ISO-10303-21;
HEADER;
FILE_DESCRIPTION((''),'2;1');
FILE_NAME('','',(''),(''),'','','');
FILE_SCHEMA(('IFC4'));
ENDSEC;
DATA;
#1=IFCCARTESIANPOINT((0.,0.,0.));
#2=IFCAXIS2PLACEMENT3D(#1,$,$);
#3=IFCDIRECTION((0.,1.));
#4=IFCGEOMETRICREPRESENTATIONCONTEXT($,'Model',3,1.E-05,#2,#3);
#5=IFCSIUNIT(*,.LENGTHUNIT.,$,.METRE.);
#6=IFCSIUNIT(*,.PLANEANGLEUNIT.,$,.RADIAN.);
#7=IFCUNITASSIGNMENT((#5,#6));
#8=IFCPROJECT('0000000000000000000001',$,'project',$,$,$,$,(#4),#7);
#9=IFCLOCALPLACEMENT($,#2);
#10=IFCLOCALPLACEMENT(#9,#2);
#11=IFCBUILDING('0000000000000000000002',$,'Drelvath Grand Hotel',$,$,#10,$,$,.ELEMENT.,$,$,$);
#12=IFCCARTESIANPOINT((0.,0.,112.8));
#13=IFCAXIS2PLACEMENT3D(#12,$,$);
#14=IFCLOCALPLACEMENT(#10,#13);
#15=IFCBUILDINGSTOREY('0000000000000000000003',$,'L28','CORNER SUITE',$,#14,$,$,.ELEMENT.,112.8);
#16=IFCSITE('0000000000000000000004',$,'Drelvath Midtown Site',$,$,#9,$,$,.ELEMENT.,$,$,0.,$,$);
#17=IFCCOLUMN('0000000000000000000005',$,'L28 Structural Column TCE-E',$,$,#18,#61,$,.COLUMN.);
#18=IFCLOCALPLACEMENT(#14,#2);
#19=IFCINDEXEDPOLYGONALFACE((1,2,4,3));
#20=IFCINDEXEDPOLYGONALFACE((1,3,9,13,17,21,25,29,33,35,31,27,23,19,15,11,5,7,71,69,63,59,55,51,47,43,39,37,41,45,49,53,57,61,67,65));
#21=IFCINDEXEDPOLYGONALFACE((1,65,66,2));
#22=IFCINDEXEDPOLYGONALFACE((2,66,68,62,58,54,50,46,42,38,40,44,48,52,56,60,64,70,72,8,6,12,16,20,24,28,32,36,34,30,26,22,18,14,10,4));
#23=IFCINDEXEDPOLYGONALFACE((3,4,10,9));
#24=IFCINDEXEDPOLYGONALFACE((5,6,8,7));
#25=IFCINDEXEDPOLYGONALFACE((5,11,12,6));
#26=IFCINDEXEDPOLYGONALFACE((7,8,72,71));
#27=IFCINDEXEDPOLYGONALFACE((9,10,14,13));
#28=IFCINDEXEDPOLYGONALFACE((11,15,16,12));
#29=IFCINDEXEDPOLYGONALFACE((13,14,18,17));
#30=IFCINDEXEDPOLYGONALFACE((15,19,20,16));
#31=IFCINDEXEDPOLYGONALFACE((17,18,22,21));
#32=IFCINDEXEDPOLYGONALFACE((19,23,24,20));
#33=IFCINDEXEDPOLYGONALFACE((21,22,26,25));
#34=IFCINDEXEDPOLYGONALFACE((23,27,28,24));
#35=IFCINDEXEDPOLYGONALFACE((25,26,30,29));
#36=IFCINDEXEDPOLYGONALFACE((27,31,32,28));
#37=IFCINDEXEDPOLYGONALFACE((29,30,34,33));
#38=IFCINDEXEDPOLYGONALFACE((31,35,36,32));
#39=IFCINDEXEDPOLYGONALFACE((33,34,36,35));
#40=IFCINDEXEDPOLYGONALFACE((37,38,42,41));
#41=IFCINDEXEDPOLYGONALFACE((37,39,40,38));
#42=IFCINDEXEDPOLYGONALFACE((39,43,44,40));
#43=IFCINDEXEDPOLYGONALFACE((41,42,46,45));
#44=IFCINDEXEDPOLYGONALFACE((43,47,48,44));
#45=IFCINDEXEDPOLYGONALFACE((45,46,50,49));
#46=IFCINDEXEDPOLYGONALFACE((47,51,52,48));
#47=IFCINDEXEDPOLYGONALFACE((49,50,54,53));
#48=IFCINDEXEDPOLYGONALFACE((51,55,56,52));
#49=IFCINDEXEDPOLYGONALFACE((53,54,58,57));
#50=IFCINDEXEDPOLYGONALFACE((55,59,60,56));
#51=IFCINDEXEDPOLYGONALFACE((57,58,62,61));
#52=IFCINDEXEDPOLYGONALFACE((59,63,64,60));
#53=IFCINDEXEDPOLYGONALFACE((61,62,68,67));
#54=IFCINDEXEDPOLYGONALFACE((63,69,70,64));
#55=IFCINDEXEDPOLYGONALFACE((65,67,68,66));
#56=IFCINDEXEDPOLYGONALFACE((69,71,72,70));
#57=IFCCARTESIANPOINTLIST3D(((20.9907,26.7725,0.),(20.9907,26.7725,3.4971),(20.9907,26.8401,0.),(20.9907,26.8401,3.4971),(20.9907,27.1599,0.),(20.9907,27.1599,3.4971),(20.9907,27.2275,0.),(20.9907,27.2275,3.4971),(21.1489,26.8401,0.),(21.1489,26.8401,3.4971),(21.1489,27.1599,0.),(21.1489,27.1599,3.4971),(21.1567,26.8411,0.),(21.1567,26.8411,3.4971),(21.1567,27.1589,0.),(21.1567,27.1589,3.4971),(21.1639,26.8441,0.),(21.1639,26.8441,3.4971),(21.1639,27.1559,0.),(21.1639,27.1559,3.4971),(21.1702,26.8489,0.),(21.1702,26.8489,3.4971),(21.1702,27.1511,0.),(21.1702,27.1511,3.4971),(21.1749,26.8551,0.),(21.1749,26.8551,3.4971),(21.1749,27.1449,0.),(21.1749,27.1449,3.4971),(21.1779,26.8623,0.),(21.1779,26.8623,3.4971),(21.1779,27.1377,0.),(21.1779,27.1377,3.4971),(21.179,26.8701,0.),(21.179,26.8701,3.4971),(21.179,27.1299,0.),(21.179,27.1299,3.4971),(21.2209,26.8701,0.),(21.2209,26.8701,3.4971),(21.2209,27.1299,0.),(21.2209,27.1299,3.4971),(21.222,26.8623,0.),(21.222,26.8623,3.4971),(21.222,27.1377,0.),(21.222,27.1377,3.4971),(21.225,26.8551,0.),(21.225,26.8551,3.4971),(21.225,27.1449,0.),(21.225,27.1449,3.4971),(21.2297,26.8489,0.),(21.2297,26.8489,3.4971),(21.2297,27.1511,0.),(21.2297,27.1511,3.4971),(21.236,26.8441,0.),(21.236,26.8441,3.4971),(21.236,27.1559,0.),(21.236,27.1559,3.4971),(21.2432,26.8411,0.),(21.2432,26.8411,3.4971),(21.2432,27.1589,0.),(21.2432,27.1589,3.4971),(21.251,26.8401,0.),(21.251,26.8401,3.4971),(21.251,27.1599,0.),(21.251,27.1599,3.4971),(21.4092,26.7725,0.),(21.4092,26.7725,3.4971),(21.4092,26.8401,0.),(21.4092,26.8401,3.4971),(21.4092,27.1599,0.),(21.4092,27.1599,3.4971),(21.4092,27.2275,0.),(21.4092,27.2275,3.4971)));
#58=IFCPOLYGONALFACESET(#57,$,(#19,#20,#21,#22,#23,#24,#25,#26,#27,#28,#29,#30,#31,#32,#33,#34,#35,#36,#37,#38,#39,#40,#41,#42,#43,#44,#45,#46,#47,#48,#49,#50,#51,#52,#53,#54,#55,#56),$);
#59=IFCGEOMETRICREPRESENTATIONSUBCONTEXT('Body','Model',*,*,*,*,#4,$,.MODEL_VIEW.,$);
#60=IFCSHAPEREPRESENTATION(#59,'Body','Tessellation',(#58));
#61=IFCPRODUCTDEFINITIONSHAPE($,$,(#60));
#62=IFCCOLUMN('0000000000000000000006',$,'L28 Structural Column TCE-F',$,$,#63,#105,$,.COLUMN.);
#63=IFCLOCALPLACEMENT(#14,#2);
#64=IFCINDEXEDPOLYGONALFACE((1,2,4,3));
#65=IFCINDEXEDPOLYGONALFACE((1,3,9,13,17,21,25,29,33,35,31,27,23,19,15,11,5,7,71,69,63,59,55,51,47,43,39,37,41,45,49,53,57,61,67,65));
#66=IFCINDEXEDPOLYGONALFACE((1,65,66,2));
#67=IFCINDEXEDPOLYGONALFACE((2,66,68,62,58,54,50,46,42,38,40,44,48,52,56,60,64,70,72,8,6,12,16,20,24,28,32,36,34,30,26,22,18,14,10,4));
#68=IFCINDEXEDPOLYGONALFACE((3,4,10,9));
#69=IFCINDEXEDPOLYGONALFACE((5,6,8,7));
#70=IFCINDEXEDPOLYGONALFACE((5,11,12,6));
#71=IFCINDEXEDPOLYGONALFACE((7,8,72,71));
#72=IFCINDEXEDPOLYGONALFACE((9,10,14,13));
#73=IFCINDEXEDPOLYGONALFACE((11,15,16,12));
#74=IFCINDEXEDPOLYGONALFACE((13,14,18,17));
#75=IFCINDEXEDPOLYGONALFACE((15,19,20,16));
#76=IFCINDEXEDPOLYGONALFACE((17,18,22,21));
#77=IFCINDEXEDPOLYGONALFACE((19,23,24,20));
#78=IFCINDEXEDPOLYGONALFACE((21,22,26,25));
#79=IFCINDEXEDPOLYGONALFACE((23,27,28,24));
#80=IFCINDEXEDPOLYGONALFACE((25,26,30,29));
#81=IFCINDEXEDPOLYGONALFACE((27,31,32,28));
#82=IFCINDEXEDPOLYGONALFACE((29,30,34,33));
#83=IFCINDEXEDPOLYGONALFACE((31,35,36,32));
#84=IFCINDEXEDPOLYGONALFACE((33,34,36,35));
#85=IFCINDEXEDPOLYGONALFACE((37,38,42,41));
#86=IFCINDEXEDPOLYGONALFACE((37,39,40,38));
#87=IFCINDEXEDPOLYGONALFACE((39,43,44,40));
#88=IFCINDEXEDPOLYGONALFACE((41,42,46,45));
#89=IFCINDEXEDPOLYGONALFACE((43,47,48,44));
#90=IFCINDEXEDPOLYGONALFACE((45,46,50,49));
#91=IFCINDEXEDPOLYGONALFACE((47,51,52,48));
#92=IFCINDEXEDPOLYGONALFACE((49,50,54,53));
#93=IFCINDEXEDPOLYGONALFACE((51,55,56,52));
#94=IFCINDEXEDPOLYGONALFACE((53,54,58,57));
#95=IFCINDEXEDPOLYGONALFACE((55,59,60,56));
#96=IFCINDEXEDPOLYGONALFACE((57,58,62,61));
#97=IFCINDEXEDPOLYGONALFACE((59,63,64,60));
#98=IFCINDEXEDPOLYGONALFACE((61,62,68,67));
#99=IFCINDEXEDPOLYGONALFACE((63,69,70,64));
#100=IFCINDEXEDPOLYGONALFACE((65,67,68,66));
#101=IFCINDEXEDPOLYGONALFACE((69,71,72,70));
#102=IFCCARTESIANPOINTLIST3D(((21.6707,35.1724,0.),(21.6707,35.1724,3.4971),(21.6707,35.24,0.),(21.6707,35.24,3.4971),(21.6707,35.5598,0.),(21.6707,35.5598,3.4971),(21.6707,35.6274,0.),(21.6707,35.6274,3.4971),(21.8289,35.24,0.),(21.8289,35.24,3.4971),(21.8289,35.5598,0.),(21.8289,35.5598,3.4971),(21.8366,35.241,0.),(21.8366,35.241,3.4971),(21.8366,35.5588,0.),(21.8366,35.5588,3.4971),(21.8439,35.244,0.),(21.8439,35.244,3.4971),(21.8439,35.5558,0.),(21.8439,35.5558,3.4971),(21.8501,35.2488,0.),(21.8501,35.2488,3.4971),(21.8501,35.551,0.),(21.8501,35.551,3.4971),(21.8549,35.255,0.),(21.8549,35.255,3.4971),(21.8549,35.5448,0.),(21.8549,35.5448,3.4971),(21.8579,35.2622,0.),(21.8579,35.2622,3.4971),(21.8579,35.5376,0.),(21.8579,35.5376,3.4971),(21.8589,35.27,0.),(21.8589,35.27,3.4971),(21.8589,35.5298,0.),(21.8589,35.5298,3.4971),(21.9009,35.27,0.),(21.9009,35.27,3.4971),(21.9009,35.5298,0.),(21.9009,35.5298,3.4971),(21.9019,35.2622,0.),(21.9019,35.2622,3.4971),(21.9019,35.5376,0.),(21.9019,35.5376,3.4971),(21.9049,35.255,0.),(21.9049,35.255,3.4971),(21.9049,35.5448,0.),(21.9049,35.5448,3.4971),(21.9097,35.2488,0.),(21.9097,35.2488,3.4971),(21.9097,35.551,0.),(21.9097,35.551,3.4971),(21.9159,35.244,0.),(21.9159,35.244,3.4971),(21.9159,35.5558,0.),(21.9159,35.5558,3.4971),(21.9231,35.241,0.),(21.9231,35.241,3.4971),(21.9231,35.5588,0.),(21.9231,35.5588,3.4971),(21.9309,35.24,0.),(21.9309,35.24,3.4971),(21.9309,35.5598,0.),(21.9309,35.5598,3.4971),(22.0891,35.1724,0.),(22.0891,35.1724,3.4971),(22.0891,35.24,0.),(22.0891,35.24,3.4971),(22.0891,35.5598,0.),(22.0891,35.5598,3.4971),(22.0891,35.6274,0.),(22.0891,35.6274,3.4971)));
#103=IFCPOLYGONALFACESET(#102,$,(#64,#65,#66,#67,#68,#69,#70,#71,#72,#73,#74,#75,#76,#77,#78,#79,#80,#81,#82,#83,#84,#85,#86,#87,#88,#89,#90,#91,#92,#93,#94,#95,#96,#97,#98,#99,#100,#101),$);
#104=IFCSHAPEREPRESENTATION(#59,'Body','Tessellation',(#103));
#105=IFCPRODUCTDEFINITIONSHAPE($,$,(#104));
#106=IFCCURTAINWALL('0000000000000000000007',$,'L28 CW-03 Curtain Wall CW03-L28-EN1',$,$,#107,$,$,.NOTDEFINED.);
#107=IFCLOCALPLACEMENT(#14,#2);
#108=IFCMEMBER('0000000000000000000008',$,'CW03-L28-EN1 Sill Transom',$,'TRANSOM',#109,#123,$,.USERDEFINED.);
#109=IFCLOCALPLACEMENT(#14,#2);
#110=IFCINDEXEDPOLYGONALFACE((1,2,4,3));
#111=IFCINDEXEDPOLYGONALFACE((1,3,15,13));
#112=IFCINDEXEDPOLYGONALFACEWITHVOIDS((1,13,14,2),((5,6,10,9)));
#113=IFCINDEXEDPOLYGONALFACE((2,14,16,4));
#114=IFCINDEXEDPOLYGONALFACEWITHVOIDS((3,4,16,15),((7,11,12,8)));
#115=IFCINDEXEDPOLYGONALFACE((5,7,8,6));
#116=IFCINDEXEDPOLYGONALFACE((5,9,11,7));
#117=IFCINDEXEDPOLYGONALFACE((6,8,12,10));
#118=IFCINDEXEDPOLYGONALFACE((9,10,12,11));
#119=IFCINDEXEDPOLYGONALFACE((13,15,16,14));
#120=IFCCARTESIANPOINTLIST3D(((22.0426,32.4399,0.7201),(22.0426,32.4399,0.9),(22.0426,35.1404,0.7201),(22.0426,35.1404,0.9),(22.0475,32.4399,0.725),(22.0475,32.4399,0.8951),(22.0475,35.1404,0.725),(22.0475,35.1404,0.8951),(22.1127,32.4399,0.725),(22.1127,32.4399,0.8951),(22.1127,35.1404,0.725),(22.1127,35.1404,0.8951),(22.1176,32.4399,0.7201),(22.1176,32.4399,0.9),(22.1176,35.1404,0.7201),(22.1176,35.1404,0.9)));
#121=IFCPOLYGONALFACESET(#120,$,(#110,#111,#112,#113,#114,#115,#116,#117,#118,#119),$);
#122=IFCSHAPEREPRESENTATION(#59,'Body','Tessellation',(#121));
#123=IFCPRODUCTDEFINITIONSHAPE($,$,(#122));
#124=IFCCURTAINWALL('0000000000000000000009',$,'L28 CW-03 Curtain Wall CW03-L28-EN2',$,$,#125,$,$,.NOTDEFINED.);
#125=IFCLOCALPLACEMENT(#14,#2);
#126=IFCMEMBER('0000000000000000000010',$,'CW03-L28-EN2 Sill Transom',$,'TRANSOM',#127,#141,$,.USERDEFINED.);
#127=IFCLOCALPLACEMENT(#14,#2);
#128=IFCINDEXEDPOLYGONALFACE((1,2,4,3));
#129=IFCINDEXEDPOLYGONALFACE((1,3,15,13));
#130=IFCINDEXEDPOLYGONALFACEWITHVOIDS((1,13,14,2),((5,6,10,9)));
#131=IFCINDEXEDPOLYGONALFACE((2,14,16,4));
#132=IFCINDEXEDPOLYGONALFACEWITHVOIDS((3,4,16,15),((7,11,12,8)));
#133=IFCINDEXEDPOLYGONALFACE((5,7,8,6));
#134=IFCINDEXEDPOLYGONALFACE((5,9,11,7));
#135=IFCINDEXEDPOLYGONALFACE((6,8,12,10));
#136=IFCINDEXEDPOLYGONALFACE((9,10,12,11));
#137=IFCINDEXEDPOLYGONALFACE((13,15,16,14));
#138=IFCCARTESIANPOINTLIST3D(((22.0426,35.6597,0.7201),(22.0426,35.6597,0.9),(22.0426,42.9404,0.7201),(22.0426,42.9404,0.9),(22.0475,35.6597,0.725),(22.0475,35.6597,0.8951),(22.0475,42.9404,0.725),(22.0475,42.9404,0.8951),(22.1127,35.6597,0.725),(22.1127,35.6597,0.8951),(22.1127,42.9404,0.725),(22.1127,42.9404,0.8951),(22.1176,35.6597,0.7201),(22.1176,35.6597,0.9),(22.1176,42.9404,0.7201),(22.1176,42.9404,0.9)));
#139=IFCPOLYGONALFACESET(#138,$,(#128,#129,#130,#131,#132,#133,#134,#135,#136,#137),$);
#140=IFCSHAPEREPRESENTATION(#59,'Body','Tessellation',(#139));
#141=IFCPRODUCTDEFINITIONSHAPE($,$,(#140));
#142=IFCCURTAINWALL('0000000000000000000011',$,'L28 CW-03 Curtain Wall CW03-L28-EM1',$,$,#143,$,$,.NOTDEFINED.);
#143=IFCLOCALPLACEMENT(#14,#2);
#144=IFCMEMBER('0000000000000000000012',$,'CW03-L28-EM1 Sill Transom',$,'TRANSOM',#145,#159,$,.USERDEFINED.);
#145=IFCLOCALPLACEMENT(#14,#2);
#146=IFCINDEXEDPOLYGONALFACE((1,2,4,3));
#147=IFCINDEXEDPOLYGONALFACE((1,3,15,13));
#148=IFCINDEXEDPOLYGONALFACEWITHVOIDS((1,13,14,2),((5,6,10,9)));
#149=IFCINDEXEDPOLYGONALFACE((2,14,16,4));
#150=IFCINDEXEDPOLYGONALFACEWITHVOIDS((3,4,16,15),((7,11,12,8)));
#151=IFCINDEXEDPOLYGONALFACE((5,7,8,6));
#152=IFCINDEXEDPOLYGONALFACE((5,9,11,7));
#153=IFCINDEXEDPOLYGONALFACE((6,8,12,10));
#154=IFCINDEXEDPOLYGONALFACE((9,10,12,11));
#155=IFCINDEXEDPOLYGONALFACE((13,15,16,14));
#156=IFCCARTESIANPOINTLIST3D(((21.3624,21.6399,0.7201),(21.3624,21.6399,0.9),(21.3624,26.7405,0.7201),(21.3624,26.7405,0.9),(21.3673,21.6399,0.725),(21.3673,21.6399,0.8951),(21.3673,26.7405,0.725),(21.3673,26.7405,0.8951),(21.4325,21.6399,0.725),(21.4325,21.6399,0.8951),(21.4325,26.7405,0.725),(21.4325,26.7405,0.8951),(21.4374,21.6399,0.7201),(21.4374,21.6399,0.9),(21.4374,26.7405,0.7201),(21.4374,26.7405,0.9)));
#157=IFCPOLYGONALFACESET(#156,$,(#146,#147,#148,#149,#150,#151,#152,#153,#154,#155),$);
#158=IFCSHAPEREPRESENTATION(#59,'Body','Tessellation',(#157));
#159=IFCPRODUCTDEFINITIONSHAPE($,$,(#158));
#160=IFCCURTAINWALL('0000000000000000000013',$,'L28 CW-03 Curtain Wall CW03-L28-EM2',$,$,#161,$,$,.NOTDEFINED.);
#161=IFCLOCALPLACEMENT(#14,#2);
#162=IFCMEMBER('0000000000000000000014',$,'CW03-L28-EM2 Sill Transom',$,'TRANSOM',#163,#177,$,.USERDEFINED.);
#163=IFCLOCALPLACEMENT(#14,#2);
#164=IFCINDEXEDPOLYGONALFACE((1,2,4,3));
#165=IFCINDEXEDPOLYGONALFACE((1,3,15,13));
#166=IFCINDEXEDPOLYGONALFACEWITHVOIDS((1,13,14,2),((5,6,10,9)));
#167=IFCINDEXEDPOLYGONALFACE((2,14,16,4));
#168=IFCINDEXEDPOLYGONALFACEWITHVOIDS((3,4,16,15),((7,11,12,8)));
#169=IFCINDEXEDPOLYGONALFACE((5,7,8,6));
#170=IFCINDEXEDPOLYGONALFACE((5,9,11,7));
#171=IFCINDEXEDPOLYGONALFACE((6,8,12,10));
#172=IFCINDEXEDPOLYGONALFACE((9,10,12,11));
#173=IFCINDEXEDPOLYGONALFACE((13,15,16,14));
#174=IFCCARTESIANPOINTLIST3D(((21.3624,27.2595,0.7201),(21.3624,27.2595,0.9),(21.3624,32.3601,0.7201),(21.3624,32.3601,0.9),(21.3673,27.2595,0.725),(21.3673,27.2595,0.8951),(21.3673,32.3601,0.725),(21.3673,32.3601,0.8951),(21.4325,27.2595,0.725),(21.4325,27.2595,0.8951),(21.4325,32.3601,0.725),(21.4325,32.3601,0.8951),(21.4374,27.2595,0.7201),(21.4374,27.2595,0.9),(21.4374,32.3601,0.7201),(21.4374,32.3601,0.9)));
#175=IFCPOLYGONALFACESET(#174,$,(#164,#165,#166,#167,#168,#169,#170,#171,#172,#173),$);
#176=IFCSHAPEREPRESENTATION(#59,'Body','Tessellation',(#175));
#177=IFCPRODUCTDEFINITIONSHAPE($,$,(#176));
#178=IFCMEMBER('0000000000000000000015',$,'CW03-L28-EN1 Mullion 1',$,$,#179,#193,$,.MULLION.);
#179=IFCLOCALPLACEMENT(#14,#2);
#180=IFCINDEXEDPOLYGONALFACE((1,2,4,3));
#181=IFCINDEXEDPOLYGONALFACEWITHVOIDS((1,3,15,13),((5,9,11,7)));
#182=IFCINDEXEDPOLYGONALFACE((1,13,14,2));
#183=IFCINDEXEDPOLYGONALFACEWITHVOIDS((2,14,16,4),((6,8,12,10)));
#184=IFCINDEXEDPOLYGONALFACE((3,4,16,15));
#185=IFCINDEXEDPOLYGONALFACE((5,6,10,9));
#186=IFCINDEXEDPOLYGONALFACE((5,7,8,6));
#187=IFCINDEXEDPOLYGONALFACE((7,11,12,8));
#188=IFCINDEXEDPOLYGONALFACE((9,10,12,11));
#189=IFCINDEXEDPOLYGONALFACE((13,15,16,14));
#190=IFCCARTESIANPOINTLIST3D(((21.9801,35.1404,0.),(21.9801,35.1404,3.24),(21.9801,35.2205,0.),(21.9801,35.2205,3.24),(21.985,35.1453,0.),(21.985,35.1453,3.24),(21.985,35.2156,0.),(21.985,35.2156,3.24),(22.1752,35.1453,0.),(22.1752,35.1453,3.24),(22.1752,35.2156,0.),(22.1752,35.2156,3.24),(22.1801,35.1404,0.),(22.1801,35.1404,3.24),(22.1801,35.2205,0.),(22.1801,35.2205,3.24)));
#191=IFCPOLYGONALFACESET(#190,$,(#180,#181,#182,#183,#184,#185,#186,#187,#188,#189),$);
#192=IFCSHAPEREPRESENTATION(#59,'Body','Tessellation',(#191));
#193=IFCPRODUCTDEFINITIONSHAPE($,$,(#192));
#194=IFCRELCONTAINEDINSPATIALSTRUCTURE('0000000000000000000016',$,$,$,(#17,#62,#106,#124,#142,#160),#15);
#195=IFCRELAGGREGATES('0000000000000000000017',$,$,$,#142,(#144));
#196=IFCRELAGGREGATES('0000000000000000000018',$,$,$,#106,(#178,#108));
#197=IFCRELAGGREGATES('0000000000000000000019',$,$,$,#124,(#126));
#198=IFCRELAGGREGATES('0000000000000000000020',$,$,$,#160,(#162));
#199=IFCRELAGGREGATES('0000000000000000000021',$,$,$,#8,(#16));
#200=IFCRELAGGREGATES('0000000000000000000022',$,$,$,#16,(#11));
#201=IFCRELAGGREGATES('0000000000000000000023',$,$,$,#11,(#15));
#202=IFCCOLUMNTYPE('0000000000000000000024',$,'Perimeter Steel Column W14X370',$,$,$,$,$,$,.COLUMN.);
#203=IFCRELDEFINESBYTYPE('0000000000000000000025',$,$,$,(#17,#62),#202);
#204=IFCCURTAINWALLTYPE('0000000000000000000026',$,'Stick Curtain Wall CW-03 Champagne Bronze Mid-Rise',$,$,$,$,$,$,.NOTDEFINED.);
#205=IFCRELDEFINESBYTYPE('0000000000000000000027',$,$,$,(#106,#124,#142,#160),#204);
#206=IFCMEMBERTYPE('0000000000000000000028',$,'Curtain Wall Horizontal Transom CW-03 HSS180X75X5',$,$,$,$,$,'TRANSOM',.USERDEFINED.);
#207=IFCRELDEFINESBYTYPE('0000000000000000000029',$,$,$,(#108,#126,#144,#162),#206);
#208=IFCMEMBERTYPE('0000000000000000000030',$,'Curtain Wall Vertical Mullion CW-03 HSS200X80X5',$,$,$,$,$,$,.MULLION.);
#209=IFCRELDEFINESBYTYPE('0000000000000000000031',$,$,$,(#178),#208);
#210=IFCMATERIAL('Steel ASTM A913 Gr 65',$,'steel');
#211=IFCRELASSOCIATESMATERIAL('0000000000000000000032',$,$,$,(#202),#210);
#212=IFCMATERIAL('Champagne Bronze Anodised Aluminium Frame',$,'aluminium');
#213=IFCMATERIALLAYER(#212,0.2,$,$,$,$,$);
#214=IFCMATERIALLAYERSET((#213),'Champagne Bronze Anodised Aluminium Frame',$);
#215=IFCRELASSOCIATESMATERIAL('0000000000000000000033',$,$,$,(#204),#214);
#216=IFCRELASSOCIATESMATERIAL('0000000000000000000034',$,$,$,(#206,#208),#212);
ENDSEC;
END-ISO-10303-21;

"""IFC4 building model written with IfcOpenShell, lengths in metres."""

from ifc_helpers import new_model, si_unit, direction, frame, origin, origin_2d, place, context, subcontext, project, spatial, hollow_rectangle, i_section, extrude, material, layer, layer_set, material_profile, profile_set, type_object, element, aggregate, save


model = new_model("IFC4")

# Units and contexts
model_context = context("Model", 3, precision=1e-05, world=origin(), true_north=direction((0.0, 1.0)))
body_context = subcontext(model_context, "Body", "Model", "MODEL_VIEW")
ifc_project = project(units=[si_unit("LENGTHUNIT", "METRE"), si_unit("PLANEANGLEUNIT", "RADIAN")], contexts=[model_context])

# Site, building, storey
site_placement = place(None, origin())
site = spatial("IfcSite", under=ifc_project, at=site_placement, Name="Drelvath Midtown Site", CompositionType="ELEMENT", RefElevation=0.0)
building_placement = place(site_placement, origin())
building = spatial("IfcBuilding", under=site, at=building_placement, Name="Drelvath Grand Hotel", CompositionType="ELEMENT")
storey_placement = place(building_placement, frame((0.0, 0.0, 112.8)))
storey = spatial("IfcBuildingStorey", under=building, at=storey_placement, Name="L28", Description="CORNER SUITE", CompositionType="ELEMENT", Elevation=112.8)

# Columns
ifc_material_1 = material(Name="Steel ASTM A913 Gr 65", Category="steel")
ifc_material_profile_1 = material_profile(ifc_material_1, i_section(OverallWidth=0.4185, OverallDepth=0.4551, WebThickness=0.042, FlangeThickness=0.0676, FilletRadius=0.03, at=origin_2d()), Name="W14X370")
ifc_profile_set_1 = profile_set([ifc_material_profile_1], Name="Steel ASTM A913 Gr 65")
column_type = type_object("IfcColumnType", Name="Perimeter Steel Column W14X370", PredefinedType="COLUMN", material=ifc_profile_set_1)
for number, where, z_axis, x_axis, name in (
    (1, (21.2, 27.0, 0.0), (0.0, 0.0, 1.0), (1.0, 0.0, 0.0), "L28 Structural Column TCE-E"),
    (2, (21.8799, 35.3999, 0.0), (0.0, 0.0, 1.0), (1.0, 0.0, 0.0), "L28 Structural Column TCE-F"),
):
    element("IfcColumn", number, at=place(storey_placement, frame(where, z_axis=z_axis, x_axis=x_axis)), inside=storey, type_object=column_type, Name=name, PredefinedType="COLUMN", context=body_context, shape_type="SweptSolid", body=[
        extrude(i_section(OverallWidth=0.4185, OverallDepth=0.4551, WebThickness=0.042, FlangeThickness=0.0676, FilletRadius=0.03, at=origin_2d()), origin(), (0.0, 0.0, 1.0), 3.4971),
    ])

# Curtain walls, members
ifc_material_2 = material(Name="Champagne Bronze Anodised Aluminium Frame", Category="aluminium")
ifc_layer_1 = layer(ifc_material_2, 0.2)
ifc_layer_set_1 = layer_set([ifc_layer_1], Name="Champagne Bronze Anodised Aluminium Frame")
curtain_wall_type = type_object("IfcCurtainWallType", Name="Stick Curtain Wall CW-03 Champagne Bronze Mid-Rise", PredefinedType="NOTDEFINED", material=ifc_layer_set_1)
curtain_wall_1_placement = place(storey_placement, origin())
curtain_wall_1 = element("IfcCurtainWall", 3, at=curtain_wall_1_placement, inside=storey, type_object=curtain_wall_type, Name="L28 CW-03 Curtain Wall CW03-L28-EN1", PredefinedType="NOTDEFINED")
ifc_material_profile_2 = material_profile(ifc_material_2, hollow_rectangle(XDim=0.075, YDim=0.1799, WallThickness=0.0049, at=origin_2d()), Name="HSS180X75X5")
ifc_profile_set_2 = profile_set([ifc_material_profile_2], Name="Champagne Bronze Anodised Aluminium Frame")
member_type_1 = type_object("IfcMemberType", Name="Curtain Wall Horizontal Transom CW-03 HSS180X75X5", ElementType="TRANSOM", PredefinedType="USERDEFINED", material=ifc_profile_set_2)
member_1_placement = place(storey_placement, frame((22.0801, 35.1404, 0.8101), z_axis=(0.0, -1.0, 0.0), x_axis=(1.0, 0.0, 0.0)))
member_1 = element("IfcMember", 4, at=member_1_placement, type_object=member_type_1, Name="CW03-L28-EN1 Sill Transom", ObjectType="TRANSOM", PredefinedType="USERDEFINED", context=body_context, shape_type="SweptSolid", body=[
    extrude(hollow_rectangle(XDim=0.075, YDim=0.1799, WallThickness=0.0049, at=origin_2d()), origin(), (0.0, 0.0, 1.0), 2.7004),
])
curtain_wall_2_placement = place(storey_placement, origin())
curtain_wall_2 = element("IfcCurtainWall", 5, at=curtain_wall_2_placement, inside=storey, type_object=curtain_wall_type, Name="L28 CW-03 Curtain Wall CW03-L28-EN2", PredefinedType="NOTDEFINED")
member_2_placement = place(storey_placement, frame((22.0801, 42.9404, 0.8101), z_axis=(0.0, -1.0, 0.0), x_axis=(1.0, 0.0, 0.0)))
member_2 = element("IfcMember", 6, at=member_2_placement, type_object=member_type_1, Name="CW03-L28-EN2 Sill Transom", ObjectType="TRANSOM", PredefinedType="USERDEFINED", context=body_context, shape_type="SweptSolid", body=[
    extrude(hollow_rectangle(XDim=0.075, YDim=0.1799, WallThickness=0.0049, at=origin_2d()), origin(), (0.0, 0.0, 1.0), 7.2808),
])
curtain_wall_3_placement = place(storey_placement, origin())
curtain_wall_3 = element("IfcCurtainWall", 7, at=curtain_wall_3_placement, inside=storey, type_object=curtain_wall_type, Name="L28 CW-03 Curtain Wall CW03-L28-EM1", PredefinedType="NOTDEFINED")
member_3_placement = place(storey_placement, frame((21.3999, 26.7405, 0.8101), z_axis=(0.0, -1.0, 0.0), x_axis=(1.0, 0.0, 0.0)))
member_3 = element("IfcMember", 8, at=member_3_placement, type_object=member_type_1, Name="CW03-L28-EM1 Sill Transom", ObjectType="TRANSOM", PredefinedType="USERDEFINED", context=body_context, shape_type="SweptSolid", body=[
    extrude(hollow_rectangle(XDim=0.075, YDim=0.1799, WallThickness=0.0049, at=origin_2d()), origin(), (0.0, 0.0, 1.0), 5.1006),
])
curtain_wall_4_placement = place(storey_placement, origin())
curtain_wall_4 = element("IfcCurtainWall", 9, at=curtain_wall_4_placement, inside=storey, type_object=curtain_wall_type, Name="L28 CW-03 Curtain Wall CW03-L28-EM2", PredefinedType="NOTDEFINED")
member_4_placement = place(storey_placement, frame((21.3999, 32.3601, 0.8101), z_axis=(0.0, -1.0, 0.0), x_axis=(1.0, 0.0, 0.0)))
member_4 = element("IfcMember", 10, at=member_4_placement, type_object=member_type_1, Name="CW03-L28-EM2 Sill Transom", ObjectType="TRANSOM", PredefinedType="USERDEFINED", context=body_context, shape_type="SweptSolid", body=[
    extrude(hollow_rectangle(XDim=0.075, YDim=0.1799, WallThickness=0.0049, at=origin_2d()), origin(), (0.0, 0.0, 1.0), 5.1006),
])

# Member
ifc_material_profile_3 = material_profile(ifc_material_2, hollow_rectangle(XDim=0.0801, YDim=0.2, WallThickness=0.0049, at=origin_2d()), Name="HSS200X80X5")
ifc_profile_set_3 = profile_set([ifc_material_profile_3], Name="Champagne Bronze Anodised Aluminium Frame")
member_type_2 = type_object("IfcMemberType", Name="Curtain Wall Vertical Mullion CW-03 HSS200X80X5", PredefinedType="MULLION", material=ifc_profile_set_3)
member_5_placement = place(storey_placement, frame((22.0801, 35.1804, 0.0), z_axis=(0.0, 0.0, 1.0), x_axis=(0.0, 1.0, 0.0)))
member_5 = element("IfcMember", 11, at=member_5_placement, type_object=member_type_2, Name="CW03-L28-EN1 Mullion 1", PredefinedType="MULLION", context=body_context, shape_type="SweptSolid", body=[
    extrude(hollow_rectangle(XDim=0.0801, YDim=0.2, WallThickness=0.0049, at=origin_2d()), origin(), (0.0, 0.0, 1.0), 3.24),
])
aggregate(curtain_wall_3, [member_3])

aggregate(curtain_wall_1, [member_5, member_1])
aggregate(curtain_wall_2, [member_2])
aggregate(curtain_wall_4, [member_4])

save(model, "model.ifc")
